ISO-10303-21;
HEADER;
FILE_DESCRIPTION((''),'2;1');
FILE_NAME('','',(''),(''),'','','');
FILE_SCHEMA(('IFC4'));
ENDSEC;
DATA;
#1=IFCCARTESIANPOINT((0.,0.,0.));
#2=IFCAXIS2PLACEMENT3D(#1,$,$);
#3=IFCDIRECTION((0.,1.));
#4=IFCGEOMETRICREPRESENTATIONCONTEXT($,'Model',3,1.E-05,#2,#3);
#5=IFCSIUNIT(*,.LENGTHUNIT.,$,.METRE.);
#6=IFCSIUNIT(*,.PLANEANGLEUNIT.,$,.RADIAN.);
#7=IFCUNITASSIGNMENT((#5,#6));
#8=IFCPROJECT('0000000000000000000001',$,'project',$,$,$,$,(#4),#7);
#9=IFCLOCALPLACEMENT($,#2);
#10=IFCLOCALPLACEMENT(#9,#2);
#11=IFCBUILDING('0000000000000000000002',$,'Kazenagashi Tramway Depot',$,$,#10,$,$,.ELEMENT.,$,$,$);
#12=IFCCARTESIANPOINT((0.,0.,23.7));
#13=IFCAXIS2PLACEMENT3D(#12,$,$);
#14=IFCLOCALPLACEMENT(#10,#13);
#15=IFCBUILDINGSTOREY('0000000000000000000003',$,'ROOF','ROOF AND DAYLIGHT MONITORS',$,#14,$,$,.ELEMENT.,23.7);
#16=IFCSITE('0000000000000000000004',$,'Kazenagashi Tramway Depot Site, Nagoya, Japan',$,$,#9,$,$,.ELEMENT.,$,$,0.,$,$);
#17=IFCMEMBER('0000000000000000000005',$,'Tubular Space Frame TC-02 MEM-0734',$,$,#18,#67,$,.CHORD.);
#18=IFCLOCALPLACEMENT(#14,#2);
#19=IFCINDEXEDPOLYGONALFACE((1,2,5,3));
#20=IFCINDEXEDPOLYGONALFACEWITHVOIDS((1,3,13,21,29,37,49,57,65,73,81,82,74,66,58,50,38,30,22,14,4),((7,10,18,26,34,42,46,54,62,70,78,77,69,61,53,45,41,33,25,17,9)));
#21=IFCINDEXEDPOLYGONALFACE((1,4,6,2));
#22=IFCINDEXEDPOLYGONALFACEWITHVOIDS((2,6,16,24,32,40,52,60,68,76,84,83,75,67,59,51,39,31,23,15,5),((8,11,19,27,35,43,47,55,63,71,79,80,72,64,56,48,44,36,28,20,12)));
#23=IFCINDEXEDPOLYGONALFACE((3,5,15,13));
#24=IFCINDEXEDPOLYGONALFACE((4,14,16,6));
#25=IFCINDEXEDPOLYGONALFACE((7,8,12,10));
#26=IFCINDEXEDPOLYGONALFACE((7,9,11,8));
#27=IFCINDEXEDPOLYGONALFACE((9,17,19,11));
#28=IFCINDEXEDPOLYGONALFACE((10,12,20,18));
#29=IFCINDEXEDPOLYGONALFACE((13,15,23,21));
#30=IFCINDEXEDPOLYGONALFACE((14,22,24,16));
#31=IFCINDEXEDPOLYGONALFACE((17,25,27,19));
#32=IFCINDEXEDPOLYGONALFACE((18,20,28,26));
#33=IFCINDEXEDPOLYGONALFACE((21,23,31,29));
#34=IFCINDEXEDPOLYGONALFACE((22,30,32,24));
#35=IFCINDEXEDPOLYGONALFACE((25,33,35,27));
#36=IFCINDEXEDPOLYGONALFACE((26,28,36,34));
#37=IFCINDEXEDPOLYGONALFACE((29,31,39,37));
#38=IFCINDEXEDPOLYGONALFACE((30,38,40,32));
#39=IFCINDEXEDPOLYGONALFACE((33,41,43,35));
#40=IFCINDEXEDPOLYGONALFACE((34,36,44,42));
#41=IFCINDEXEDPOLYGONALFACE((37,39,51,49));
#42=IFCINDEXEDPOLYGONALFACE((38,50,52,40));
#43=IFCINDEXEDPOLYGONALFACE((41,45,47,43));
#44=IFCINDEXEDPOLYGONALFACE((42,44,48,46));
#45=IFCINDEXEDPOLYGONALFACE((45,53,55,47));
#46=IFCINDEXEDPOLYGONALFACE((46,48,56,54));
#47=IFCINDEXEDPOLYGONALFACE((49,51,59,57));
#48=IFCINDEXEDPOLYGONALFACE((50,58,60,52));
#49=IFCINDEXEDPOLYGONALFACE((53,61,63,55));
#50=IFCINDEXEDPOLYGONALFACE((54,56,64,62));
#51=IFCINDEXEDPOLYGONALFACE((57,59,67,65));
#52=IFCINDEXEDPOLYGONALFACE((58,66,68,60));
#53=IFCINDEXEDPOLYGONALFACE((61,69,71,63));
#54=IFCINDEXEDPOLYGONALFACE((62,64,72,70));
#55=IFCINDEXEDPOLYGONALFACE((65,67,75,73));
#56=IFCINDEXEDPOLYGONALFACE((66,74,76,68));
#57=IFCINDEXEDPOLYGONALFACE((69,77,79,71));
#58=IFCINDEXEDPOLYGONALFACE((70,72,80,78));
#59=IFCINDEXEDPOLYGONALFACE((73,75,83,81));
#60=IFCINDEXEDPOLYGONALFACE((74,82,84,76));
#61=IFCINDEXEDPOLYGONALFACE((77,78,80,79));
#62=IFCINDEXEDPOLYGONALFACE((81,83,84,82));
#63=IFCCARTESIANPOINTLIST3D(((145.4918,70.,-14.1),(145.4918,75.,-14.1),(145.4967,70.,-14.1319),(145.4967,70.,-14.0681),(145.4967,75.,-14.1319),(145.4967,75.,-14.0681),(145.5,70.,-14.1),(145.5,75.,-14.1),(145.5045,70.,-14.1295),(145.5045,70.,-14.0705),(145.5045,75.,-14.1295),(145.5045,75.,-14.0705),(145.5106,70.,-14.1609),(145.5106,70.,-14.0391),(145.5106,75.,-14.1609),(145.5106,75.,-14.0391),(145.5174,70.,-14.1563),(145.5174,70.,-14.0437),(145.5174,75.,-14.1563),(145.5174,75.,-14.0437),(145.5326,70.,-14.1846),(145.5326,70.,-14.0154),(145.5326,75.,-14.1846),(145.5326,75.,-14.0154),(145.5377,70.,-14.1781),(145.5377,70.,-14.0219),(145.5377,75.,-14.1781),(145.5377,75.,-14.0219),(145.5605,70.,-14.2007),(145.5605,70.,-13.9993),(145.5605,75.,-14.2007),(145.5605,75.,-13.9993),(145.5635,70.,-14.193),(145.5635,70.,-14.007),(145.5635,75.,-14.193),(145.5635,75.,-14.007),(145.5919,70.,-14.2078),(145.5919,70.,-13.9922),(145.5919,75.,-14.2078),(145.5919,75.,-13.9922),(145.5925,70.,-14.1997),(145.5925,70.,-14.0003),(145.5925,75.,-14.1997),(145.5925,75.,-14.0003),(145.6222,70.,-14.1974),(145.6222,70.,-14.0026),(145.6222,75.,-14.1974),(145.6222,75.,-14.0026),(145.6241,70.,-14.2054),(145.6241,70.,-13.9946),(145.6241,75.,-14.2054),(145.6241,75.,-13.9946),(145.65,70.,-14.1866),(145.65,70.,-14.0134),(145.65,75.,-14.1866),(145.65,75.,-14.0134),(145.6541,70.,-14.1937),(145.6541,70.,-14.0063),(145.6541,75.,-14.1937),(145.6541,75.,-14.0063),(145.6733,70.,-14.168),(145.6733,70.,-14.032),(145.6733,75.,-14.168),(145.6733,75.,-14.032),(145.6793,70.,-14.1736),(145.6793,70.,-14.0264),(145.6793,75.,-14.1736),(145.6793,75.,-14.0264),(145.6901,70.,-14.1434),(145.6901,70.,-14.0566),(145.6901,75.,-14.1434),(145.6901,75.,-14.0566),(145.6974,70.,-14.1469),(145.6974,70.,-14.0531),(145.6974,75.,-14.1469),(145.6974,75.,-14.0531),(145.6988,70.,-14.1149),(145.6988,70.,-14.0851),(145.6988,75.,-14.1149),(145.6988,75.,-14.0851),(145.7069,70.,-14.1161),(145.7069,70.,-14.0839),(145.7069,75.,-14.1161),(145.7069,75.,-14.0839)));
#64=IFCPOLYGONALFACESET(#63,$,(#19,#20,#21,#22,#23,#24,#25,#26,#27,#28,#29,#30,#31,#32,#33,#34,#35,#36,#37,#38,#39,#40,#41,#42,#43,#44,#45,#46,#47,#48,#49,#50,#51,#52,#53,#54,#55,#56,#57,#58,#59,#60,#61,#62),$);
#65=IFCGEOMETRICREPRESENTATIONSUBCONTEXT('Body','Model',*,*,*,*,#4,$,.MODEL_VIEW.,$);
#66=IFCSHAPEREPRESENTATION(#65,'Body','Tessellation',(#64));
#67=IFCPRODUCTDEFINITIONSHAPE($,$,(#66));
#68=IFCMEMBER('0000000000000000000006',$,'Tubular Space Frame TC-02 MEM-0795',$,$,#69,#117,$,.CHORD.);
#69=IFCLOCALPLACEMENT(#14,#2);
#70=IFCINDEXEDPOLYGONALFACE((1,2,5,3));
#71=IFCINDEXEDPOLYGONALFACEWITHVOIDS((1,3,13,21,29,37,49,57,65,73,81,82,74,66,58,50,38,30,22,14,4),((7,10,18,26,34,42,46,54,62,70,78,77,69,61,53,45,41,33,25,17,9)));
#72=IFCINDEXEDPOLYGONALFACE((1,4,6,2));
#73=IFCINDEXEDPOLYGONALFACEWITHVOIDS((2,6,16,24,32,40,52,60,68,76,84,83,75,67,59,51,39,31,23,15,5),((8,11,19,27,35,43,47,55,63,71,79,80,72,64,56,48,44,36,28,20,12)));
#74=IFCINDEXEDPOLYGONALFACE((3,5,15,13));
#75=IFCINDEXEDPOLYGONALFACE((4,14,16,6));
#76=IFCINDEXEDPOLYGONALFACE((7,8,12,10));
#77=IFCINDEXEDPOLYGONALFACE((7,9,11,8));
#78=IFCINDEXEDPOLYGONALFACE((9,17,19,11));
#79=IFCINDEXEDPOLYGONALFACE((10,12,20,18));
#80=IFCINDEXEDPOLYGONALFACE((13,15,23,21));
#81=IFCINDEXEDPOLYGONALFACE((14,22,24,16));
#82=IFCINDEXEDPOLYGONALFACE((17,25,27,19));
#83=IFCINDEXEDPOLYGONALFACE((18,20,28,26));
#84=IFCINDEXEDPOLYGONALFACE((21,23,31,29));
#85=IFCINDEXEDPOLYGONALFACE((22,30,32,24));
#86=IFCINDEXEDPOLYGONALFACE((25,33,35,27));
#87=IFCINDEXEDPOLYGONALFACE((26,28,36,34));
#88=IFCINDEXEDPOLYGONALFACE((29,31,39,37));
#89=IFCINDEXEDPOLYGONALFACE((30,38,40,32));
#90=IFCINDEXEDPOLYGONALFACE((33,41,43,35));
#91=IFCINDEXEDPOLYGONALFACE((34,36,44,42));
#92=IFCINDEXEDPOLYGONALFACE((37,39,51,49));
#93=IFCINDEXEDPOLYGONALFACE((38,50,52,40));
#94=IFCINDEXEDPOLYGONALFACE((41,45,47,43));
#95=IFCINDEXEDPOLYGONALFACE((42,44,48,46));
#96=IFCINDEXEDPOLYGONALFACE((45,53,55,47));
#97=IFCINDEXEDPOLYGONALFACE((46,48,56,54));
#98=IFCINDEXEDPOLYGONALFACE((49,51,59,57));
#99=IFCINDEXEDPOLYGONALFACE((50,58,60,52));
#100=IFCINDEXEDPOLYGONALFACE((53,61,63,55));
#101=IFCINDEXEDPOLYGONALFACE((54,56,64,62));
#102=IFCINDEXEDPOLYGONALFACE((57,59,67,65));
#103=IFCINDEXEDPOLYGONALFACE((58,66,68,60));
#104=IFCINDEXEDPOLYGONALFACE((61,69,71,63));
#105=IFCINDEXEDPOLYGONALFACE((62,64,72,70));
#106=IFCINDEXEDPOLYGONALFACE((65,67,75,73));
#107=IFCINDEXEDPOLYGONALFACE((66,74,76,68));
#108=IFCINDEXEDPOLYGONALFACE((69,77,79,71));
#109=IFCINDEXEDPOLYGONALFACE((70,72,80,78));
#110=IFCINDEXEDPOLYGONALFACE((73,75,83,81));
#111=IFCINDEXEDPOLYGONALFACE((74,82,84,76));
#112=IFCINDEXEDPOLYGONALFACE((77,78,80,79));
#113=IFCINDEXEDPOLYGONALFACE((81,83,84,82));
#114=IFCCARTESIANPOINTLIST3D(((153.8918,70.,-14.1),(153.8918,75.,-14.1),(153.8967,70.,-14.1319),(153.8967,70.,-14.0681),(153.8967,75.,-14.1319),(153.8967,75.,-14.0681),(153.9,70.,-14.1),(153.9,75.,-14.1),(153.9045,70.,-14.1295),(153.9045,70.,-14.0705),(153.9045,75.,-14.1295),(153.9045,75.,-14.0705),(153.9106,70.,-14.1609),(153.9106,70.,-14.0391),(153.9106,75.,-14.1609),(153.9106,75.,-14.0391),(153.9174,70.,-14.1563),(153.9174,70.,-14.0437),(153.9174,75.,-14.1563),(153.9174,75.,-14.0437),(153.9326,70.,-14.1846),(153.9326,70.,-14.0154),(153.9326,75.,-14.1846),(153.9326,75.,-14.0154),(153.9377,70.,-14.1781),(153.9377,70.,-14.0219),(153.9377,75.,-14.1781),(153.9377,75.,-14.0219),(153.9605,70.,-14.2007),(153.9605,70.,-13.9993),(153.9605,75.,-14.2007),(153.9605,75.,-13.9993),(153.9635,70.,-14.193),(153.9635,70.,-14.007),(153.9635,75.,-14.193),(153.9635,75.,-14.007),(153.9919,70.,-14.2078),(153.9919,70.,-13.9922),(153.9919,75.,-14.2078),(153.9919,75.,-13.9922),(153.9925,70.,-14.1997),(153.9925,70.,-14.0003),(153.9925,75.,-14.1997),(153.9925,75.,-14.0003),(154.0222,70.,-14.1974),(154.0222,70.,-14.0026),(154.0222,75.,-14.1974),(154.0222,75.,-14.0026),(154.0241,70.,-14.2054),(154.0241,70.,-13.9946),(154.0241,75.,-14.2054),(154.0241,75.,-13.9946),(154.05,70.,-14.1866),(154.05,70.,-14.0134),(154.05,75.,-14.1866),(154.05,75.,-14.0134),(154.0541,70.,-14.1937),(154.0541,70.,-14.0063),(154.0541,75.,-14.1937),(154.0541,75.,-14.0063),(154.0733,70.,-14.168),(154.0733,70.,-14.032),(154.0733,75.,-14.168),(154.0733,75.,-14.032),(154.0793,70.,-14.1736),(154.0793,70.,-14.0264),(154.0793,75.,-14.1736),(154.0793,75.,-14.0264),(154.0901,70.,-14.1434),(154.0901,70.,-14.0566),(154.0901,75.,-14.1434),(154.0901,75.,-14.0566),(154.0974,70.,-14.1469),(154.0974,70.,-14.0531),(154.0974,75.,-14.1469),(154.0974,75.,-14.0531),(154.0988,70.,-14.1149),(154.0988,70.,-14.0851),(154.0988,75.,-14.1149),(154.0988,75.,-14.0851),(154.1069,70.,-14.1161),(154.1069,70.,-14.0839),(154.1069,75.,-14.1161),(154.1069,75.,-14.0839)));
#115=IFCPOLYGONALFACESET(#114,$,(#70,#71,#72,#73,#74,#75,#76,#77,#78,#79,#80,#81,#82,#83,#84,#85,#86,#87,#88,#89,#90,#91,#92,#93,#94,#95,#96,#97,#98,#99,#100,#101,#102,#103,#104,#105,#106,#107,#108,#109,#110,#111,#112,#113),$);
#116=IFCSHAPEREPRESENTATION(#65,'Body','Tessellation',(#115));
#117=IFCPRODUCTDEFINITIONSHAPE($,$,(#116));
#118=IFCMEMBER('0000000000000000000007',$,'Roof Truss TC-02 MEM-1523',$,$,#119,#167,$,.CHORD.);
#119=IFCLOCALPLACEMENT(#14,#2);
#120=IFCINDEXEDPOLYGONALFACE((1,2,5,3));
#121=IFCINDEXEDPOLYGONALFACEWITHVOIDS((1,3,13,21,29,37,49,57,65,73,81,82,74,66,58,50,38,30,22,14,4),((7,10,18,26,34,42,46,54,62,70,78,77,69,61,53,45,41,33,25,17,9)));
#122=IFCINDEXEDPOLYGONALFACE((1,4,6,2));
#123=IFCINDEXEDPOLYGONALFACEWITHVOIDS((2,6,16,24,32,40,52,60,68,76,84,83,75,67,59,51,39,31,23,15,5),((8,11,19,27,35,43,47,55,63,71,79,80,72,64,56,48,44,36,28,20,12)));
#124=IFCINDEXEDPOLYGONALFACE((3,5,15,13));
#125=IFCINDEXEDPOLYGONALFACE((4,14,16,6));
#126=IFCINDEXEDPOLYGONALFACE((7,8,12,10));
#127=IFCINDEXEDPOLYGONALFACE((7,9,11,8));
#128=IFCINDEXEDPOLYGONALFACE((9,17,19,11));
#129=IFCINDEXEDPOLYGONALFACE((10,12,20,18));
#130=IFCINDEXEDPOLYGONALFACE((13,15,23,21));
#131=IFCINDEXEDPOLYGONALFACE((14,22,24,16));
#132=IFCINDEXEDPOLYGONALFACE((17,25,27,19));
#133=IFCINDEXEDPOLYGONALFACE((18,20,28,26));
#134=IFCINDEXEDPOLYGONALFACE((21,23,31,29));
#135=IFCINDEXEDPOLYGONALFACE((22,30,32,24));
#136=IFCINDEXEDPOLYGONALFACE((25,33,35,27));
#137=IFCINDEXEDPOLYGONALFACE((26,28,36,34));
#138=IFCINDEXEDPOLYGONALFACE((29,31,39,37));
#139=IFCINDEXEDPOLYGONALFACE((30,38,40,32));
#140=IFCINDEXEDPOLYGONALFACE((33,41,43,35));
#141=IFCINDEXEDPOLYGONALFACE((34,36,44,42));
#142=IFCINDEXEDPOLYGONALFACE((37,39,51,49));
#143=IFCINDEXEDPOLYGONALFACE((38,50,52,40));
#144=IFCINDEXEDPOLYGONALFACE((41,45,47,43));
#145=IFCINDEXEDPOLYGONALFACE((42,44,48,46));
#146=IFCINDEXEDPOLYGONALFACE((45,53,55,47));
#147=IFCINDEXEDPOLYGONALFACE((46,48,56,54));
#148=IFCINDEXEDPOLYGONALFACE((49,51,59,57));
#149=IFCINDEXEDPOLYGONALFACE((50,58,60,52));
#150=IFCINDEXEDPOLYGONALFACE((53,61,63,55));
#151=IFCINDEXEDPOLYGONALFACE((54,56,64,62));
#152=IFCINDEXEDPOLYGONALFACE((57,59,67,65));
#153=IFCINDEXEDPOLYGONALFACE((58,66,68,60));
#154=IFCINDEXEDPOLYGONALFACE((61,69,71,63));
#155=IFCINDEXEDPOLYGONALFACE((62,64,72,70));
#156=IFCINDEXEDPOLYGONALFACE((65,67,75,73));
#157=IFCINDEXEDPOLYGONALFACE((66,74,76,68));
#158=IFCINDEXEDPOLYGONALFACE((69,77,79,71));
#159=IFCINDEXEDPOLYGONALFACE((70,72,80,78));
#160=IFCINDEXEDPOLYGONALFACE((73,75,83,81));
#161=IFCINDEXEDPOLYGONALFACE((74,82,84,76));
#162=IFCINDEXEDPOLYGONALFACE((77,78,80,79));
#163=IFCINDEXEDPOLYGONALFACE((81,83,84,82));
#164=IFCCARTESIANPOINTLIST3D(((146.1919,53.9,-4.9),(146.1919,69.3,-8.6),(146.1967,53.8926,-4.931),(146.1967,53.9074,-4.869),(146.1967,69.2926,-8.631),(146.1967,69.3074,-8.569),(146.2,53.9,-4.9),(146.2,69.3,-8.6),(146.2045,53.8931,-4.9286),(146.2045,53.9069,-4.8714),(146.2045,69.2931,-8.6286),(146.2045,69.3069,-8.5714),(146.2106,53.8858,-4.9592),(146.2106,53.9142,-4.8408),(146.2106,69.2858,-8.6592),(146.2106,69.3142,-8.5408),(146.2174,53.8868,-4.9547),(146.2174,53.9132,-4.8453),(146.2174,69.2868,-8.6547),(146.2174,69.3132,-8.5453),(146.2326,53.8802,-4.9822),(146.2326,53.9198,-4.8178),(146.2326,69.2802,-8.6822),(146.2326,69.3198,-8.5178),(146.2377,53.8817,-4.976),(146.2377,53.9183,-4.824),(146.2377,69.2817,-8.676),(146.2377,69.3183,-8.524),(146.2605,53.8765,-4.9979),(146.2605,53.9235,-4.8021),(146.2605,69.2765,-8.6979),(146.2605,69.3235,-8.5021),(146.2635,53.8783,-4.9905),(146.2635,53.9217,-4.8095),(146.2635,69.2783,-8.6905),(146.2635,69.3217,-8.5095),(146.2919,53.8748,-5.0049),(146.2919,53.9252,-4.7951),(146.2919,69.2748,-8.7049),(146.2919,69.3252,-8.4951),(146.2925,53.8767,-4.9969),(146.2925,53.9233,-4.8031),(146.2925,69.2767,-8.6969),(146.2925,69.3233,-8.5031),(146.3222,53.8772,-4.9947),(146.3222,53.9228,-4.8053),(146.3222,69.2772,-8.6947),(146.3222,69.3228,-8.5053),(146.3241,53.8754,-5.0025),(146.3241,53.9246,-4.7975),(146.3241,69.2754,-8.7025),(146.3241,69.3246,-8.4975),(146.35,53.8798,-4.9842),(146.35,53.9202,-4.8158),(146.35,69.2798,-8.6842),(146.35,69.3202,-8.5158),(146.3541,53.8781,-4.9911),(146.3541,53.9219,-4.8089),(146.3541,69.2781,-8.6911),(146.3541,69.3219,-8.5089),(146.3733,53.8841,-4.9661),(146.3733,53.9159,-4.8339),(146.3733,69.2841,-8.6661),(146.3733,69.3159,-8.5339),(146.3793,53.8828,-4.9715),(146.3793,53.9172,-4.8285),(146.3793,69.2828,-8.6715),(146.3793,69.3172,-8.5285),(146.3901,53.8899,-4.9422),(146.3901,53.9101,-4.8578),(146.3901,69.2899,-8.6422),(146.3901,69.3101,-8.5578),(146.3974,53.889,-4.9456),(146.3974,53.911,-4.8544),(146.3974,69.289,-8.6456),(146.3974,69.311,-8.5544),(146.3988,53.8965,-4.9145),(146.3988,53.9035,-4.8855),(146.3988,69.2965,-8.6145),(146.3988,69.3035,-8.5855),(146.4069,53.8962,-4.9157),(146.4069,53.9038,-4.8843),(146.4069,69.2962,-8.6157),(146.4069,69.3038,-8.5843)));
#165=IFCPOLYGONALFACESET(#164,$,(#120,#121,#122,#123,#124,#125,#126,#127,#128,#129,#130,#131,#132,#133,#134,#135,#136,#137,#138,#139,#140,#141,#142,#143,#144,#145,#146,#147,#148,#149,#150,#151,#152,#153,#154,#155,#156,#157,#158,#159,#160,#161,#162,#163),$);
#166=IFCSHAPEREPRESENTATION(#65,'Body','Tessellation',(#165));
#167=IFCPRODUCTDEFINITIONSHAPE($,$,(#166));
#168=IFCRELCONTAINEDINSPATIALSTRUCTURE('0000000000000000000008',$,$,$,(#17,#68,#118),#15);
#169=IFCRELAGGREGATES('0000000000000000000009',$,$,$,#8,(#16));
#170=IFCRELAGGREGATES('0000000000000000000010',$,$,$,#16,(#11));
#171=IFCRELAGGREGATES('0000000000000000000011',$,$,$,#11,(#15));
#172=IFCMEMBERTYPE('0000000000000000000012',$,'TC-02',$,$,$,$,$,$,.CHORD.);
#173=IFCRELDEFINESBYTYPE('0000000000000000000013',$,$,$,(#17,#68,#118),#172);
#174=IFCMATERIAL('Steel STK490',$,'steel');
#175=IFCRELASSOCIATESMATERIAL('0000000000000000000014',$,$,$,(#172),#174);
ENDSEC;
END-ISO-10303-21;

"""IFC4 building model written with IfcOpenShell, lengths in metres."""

from ifc_helpers import new_model, si_unit, direction, frame, origin, origin_2d, place, context, subcontext, project, spatial, hollow_circle, extrude, material, material_profile, profile_set, type_object, element, save


model = new_model("IFC4")

# Units and contexts
model_context = context("Model", 3, precision=1e-05, world=origin(), true_north=direction((0.0, 1.0)))
body_context = subcontext(model_context, "Body", "Model", "MODEL_VIEW")
ifc_project = project(units=[si_unit("LENGTHUNIT", "METRE"), si_unit("PLANEANGLEUNIT", "RADIAN")], contexts=[model_context])

# Site, building, storey
site_placement = place(None, origin())
site = spatial("IfcSite", under=ifc_project, at=site_placement, Name="Kazenagashi Tramway Depot Site, Nagoya, Japan", CompositionType="ELEMENT", RefElevation=0.0)
building_placement = place(site_placement, origin())
building = spatial("IfcBuilding", under=site, at=building_placement, Name="Kazenagashi Tramway Depot", CompositionType="ELEMENT")
storey_placement = place(building_placement, frame((0.0, 0.0, 23.7)))
storey = spatial("IfcBuildingStorey", under=building, at=storey_placement, Name="ROOF", Description="ROOF AND DAYLIGHT MONITORS", CompositionType="ELEMENT", Elevation=23.7)

# Members
ifc_material_1 = material(Name="Steel STK490", Category="steel")
ifc_material_profile_1 = material_profile(ifc_material_1, hollow_circle(Radius=0.1081, WallThickness=0.0082, at=origin_2d()), Name="CHS-216.3x8.2")
ifc_profile_set_1 = profile_set([ifc_material_profile_1], Name="Steel STK490")
member_type_1 = type_object("IfcMemberType", Name="TC-02", PredefinedType="CHORD", material=ifc_profile_set_1)
for number, where, z_axis, x_axis, name in (
    (1, (145.6, 70.0, -14.1), (0.0, 1.0, 0.0), (-1.0, 0.0, 0.0), "Tubular Space Frame TC-02 MEM-0734"),
    (2, (154.0, 70.0, -14.1), (0.0, 1.0, 0.0), (-1.0, 0.0, 0.0), "Tubular Space Frame TC-02 MEM-0795"),
):
    element("IfcMember", number, at=place(storey_placement, frame(where, z_axis=z_axis, x_axis=x_axis)), inside=storey, type_object=member_type_1, Name=name, PredefinedType="CHORD", context=body_context, shape_type="SweptSolid", body=[
        extrude(hollow_circle(Radius=0.1081, WallThickness=0.0082, at=origin_2d()), origin(), (0.0, 0.0, 1.0), 5.0),
    ])
member_1_placement = place(storey_placement, frame((146.3, 53.9, -4.9), z_axis=(0.0, 0.97233, -0.233612), x_axis=(-1.0, 0.0, 0.0)))
element("IfcMember", 3, at=member_1_placement, inside=storey, type_object=member_type_1, Name="Roof Truss TC-02 MEM-1523", PredefinedType="CHORD", context=body_context, shape_type="SweptSolid", body=[
    extrude(hollow_circle(Radius=0.1081, WallThickness=0.0082, at=origin_2d()), origin(), (0.0, 0.0, 1.0), 15.8382),
])

save(model, "model.ifc")
